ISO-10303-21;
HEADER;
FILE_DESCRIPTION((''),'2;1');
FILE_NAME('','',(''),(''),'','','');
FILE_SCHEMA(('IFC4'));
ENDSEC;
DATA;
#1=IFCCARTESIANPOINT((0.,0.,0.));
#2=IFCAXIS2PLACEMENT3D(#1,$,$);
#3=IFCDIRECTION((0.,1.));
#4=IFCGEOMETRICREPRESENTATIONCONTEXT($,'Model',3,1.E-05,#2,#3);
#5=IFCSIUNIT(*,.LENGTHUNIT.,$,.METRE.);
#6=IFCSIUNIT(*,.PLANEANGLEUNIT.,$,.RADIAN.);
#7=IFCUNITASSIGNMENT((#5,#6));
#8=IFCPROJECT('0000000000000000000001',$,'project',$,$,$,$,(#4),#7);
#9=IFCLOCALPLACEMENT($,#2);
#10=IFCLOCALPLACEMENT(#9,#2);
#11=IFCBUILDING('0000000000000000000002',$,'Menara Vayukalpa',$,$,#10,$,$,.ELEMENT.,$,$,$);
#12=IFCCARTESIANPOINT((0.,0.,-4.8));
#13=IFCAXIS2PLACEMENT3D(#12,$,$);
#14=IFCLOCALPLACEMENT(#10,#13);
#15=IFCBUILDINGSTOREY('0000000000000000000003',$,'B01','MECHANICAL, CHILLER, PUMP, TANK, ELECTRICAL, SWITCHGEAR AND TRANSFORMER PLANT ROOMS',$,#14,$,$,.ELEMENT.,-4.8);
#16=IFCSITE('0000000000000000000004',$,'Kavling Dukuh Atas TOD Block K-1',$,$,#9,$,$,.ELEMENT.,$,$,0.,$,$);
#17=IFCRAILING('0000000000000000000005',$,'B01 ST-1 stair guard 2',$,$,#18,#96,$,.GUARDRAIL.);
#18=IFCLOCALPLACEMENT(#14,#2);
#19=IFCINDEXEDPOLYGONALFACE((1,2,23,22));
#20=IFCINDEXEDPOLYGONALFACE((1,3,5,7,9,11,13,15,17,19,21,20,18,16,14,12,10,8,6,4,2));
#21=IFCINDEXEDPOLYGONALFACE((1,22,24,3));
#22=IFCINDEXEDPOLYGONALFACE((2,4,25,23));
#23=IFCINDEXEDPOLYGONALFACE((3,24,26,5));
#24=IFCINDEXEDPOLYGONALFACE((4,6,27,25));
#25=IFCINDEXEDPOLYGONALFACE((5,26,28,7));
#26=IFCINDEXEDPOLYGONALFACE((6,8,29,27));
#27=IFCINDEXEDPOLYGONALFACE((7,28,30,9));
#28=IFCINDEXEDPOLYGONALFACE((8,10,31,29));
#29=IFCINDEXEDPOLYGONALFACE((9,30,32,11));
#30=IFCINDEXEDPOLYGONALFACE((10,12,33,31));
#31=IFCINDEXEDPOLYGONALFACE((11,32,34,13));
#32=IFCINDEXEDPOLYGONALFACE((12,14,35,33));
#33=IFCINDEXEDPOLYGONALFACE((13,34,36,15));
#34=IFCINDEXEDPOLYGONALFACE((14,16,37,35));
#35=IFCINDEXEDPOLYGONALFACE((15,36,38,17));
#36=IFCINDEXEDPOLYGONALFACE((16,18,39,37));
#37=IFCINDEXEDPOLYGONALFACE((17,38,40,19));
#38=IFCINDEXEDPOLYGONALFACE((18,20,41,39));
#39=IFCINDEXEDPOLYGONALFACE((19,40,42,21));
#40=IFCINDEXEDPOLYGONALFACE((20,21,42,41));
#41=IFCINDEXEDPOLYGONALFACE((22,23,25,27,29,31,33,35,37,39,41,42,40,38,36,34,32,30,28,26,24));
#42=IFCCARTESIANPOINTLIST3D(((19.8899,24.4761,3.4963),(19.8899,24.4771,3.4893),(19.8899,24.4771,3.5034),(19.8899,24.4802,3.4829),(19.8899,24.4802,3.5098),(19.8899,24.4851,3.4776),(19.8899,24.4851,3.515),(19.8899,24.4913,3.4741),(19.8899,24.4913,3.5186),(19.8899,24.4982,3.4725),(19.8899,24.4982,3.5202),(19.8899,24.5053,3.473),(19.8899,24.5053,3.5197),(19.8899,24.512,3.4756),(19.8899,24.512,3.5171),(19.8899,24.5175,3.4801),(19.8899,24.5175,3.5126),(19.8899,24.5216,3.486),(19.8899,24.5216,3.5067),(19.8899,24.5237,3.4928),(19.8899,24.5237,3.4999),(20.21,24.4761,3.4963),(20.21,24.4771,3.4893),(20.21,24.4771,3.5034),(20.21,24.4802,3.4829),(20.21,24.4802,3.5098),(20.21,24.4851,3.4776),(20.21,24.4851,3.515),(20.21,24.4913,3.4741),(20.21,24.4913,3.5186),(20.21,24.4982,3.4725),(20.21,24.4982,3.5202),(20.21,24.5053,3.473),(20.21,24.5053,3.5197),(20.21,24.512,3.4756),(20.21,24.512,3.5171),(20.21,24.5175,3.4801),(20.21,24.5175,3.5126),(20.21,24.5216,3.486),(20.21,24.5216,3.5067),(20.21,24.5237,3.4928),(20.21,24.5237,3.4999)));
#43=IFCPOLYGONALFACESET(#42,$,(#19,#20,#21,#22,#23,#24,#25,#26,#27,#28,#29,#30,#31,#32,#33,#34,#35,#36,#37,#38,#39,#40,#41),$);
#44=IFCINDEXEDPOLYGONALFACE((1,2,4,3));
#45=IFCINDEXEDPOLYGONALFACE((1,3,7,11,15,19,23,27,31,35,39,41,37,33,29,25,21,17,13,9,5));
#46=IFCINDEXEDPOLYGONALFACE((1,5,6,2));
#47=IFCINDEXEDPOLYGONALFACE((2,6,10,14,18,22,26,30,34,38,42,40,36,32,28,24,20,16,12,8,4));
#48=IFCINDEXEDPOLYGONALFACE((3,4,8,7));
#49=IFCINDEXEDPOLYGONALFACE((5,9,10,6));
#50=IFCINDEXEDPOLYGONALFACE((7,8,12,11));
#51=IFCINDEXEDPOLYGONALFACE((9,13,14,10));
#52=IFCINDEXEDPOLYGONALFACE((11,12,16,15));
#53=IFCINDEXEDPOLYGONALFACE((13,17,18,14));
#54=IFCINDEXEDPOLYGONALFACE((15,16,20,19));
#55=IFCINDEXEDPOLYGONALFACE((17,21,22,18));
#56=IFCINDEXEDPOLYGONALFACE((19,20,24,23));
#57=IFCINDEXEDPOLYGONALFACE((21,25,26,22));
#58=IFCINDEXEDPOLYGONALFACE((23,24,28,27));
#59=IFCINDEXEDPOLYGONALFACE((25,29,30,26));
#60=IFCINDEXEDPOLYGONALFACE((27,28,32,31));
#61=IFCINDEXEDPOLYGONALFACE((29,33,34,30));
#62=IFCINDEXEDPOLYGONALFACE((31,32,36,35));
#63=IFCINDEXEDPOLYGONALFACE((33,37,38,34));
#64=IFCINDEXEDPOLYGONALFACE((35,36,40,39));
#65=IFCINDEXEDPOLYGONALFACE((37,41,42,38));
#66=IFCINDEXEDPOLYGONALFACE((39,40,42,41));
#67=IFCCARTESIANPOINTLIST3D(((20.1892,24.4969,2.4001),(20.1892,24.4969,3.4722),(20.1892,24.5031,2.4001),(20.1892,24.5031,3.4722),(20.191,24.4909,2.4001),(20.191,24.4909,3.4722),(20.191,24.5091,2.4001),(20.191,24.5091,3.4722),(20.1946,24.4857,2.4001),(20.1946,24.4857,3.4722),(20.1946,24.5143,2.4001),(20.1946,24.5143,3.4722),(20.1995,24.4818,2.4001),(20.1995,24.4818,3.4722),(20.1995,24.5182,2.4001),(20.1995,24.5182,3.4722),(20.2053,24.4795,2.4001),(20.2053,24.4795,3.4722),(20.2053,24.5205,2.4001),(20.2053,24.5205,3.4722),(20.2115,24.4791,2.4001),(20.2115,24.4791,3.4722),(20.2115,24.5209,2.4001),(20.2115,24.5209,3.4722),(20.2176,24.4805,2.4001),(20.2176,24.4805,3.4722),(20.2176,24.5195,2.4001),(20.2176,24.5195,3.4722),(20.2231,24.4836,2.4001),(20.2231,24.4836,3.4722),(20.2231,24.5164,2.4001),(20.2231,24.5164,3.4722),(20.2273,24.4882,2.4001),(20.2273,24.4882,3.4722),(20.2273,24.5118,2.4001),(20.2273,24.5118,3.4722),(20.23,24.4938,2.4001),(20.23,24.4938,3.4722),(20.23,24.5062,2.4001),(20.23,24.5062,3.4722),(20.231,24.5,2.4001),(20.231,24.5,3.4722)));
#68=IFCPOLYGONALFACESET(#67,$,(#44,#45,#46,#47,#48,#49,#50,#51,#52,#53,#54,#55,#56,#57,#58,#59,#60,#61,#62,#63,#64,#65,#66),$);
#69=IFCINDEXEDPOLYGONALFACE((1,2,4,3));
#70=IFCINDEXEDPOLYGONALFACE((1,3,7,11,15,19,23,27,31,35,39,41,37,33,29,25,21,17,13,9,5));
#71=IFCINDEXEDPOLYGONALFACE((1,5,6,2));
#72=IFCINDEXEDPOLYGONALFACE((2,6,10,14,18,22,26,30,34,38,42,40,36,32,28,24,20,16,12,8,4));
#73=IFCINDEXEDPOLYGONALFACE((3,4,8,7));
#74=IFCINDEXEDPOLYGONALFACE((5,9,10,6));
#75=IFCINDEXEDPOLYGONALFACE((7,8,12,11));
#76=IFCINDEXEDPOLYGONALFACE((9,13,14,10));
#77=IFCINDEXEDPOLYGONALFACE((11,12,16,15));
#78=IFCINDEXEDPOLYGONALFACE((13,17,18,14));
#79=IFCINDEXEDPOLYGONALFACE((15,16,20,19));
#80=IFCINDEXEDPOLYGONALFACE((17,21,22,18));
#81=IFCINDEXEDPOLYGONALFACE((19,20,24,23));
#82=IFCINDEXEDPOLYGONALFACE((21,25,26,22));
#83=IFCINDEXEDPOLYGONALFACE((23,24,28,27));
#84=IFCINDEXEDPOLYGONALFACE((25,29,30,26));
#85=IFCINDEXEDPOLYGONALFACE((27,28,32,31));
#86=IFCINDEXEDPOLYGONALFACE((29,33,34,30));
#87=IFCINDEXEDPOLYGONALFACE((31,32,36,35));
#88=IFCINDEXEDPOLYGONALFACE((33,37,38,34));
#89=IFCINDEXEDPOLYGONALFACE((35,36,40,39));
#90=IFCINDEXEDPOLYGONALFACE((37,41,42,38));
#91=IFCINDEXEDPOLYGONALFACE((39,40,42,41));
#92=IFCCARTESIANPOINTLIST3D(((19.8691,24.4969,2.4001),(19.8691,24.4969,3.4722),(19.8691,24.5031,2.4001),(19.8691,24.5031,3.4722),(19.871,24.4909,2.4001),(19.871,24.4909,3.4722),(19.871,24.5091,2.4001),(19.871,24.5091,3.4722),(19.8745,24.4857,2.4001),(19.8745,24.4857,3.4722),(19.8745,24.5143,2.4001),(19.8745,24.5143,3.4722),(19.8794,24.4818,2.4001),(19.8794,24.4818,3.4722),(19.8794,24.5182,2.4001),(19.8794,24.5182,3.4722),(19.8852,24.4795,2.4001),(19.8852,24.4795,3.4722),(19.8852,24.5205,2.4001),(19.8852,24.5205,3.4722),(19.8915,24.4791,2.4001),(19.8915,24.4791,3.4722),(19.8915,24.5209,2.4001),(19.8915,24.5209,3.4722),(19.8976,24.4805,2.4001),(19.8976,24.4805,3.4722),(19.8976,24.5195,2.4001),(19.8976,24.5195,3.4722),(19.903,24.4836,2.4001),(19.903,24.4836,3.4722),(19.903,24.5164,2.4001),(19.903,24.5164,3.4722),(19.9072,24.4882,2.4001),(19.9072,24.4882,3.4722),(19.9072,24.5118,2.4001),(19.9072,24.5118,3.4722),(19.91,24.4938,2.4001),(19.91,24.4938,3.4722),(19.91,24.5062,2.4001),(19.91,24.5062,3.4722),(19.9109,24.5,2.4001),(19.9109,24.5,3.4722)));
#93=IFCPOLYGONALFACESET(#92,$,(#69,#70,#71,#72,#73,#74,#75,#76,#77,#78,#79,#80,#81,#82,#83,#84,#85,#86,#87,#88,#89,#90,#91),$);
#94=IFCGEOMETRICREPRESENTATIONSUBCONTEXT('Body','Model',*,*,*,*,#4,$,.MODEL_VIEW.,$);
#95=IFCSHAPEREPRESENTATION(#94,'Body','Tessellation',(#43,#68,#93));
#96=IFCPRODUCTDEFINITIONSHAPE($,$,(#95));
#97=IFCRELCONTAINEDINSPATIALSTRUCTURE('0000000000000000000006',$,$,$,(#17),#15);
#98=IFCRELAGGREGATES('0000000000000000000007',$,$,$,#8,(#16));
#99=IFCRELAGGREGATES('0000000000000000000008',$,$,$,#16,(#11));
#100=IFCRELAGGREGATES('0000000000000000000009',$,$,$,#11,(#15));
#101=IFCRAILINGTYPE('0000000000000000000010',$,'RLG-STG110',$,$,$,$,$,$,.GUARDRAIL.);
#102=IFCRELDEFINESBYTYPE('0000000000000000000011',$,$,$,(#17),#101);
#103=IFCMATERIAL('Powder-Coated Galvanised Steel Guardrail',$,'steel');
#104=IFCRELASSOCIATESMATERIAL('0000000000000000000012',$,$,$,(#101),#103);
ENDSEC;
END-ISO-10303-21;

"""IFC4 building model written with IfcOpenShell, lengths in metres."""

from ifc_helpers import new_model, si_unit, direction, frame, origin, origin_2d, place, context, subcontext, project, spatial, circle, extrude, material, type_object, element, save


model = new_model("IFC4")

# Units and contexts
model_context = context("Model", 3, precision=1e-05, world=origin(), true_north=direction((0.0, 1.0)))
body_context = subcontext(model_context, "Body", "Model", "MODEL_VIEW")
ifc_project = project(units=[si_unit("LENGTHUNIT", "METRE"), si_unit("PLANEANGLEUNIT", "RADIAN")], contexts=[model_context])

# Site, building, storey
site_placement = place(None, origin())
site = spatial("IfcSite", under=ifc_project, at=site_placement, Name="Kavling Dukuh Atas TOD Block K-1", CompositionType="ELEMENT", RefElevation=0.0)
building_placement = place(site_placement, origin())
building = spatial("IfcBuilding", under=site, at=building_placement, Name="Menara Vayukalpa", CompositionType="ELEMENT")
storey_placement = place(building_placement, frame((0.0, 0.0, -4.8)))
storey = spatial("IfcBuildingStorey", under=building, at=storey_placement, Name="B01", Description="MECHANICAL, CHILLER, PUMP, TANK, ELECTRICAL, SWITCHGEAR AND TRANSFORMER PLANT ROOMS", CompositionType="ELEMENT", Elevation=-4.8)

# Railing
ifc_material_1 = material(Name="Powder-Coated Galvanised Steel Guardrail", Category="steel")
railing_type_1 = type_object("IfcRailingType", Name="RLG-STG110", PredefinedType="GUARDRAIL", material=ifc_material_1)
railing_1_placement = place(storey_placement, frame((20.21, 24.5, 2.4001)))
element("IfcRailing", 1, at=railing_1_placement, inside=storey, type_object=railing_type_1, Name="B01 ST-1 stair guard 2", PredefinedType="GUARDRAIL", context=body_context, shape_type="SweptSolid", body=[
    extrude(circle(Radius=0.0239, at=origin_2d()), frame((0.0, 0.0, 1.0962), z_axis=(-1.0, 0.0, 0.0), x_axis=(0.0, -1.0, 0.0)), (0.0, 0.0, 1.0), 0.3201),
    extrude(circle(Radius=0.021, at=origin_2d()), origin(), (0.0, 0.0, 1.0), 1.072),
    extrude(circle(Radius=0.021, at=origin_2d()), frame((-0.3201, 0.0, 0.0)), (0.0, 0.0, 1.0), 1.072),
])

save(model, "model.ifc")
